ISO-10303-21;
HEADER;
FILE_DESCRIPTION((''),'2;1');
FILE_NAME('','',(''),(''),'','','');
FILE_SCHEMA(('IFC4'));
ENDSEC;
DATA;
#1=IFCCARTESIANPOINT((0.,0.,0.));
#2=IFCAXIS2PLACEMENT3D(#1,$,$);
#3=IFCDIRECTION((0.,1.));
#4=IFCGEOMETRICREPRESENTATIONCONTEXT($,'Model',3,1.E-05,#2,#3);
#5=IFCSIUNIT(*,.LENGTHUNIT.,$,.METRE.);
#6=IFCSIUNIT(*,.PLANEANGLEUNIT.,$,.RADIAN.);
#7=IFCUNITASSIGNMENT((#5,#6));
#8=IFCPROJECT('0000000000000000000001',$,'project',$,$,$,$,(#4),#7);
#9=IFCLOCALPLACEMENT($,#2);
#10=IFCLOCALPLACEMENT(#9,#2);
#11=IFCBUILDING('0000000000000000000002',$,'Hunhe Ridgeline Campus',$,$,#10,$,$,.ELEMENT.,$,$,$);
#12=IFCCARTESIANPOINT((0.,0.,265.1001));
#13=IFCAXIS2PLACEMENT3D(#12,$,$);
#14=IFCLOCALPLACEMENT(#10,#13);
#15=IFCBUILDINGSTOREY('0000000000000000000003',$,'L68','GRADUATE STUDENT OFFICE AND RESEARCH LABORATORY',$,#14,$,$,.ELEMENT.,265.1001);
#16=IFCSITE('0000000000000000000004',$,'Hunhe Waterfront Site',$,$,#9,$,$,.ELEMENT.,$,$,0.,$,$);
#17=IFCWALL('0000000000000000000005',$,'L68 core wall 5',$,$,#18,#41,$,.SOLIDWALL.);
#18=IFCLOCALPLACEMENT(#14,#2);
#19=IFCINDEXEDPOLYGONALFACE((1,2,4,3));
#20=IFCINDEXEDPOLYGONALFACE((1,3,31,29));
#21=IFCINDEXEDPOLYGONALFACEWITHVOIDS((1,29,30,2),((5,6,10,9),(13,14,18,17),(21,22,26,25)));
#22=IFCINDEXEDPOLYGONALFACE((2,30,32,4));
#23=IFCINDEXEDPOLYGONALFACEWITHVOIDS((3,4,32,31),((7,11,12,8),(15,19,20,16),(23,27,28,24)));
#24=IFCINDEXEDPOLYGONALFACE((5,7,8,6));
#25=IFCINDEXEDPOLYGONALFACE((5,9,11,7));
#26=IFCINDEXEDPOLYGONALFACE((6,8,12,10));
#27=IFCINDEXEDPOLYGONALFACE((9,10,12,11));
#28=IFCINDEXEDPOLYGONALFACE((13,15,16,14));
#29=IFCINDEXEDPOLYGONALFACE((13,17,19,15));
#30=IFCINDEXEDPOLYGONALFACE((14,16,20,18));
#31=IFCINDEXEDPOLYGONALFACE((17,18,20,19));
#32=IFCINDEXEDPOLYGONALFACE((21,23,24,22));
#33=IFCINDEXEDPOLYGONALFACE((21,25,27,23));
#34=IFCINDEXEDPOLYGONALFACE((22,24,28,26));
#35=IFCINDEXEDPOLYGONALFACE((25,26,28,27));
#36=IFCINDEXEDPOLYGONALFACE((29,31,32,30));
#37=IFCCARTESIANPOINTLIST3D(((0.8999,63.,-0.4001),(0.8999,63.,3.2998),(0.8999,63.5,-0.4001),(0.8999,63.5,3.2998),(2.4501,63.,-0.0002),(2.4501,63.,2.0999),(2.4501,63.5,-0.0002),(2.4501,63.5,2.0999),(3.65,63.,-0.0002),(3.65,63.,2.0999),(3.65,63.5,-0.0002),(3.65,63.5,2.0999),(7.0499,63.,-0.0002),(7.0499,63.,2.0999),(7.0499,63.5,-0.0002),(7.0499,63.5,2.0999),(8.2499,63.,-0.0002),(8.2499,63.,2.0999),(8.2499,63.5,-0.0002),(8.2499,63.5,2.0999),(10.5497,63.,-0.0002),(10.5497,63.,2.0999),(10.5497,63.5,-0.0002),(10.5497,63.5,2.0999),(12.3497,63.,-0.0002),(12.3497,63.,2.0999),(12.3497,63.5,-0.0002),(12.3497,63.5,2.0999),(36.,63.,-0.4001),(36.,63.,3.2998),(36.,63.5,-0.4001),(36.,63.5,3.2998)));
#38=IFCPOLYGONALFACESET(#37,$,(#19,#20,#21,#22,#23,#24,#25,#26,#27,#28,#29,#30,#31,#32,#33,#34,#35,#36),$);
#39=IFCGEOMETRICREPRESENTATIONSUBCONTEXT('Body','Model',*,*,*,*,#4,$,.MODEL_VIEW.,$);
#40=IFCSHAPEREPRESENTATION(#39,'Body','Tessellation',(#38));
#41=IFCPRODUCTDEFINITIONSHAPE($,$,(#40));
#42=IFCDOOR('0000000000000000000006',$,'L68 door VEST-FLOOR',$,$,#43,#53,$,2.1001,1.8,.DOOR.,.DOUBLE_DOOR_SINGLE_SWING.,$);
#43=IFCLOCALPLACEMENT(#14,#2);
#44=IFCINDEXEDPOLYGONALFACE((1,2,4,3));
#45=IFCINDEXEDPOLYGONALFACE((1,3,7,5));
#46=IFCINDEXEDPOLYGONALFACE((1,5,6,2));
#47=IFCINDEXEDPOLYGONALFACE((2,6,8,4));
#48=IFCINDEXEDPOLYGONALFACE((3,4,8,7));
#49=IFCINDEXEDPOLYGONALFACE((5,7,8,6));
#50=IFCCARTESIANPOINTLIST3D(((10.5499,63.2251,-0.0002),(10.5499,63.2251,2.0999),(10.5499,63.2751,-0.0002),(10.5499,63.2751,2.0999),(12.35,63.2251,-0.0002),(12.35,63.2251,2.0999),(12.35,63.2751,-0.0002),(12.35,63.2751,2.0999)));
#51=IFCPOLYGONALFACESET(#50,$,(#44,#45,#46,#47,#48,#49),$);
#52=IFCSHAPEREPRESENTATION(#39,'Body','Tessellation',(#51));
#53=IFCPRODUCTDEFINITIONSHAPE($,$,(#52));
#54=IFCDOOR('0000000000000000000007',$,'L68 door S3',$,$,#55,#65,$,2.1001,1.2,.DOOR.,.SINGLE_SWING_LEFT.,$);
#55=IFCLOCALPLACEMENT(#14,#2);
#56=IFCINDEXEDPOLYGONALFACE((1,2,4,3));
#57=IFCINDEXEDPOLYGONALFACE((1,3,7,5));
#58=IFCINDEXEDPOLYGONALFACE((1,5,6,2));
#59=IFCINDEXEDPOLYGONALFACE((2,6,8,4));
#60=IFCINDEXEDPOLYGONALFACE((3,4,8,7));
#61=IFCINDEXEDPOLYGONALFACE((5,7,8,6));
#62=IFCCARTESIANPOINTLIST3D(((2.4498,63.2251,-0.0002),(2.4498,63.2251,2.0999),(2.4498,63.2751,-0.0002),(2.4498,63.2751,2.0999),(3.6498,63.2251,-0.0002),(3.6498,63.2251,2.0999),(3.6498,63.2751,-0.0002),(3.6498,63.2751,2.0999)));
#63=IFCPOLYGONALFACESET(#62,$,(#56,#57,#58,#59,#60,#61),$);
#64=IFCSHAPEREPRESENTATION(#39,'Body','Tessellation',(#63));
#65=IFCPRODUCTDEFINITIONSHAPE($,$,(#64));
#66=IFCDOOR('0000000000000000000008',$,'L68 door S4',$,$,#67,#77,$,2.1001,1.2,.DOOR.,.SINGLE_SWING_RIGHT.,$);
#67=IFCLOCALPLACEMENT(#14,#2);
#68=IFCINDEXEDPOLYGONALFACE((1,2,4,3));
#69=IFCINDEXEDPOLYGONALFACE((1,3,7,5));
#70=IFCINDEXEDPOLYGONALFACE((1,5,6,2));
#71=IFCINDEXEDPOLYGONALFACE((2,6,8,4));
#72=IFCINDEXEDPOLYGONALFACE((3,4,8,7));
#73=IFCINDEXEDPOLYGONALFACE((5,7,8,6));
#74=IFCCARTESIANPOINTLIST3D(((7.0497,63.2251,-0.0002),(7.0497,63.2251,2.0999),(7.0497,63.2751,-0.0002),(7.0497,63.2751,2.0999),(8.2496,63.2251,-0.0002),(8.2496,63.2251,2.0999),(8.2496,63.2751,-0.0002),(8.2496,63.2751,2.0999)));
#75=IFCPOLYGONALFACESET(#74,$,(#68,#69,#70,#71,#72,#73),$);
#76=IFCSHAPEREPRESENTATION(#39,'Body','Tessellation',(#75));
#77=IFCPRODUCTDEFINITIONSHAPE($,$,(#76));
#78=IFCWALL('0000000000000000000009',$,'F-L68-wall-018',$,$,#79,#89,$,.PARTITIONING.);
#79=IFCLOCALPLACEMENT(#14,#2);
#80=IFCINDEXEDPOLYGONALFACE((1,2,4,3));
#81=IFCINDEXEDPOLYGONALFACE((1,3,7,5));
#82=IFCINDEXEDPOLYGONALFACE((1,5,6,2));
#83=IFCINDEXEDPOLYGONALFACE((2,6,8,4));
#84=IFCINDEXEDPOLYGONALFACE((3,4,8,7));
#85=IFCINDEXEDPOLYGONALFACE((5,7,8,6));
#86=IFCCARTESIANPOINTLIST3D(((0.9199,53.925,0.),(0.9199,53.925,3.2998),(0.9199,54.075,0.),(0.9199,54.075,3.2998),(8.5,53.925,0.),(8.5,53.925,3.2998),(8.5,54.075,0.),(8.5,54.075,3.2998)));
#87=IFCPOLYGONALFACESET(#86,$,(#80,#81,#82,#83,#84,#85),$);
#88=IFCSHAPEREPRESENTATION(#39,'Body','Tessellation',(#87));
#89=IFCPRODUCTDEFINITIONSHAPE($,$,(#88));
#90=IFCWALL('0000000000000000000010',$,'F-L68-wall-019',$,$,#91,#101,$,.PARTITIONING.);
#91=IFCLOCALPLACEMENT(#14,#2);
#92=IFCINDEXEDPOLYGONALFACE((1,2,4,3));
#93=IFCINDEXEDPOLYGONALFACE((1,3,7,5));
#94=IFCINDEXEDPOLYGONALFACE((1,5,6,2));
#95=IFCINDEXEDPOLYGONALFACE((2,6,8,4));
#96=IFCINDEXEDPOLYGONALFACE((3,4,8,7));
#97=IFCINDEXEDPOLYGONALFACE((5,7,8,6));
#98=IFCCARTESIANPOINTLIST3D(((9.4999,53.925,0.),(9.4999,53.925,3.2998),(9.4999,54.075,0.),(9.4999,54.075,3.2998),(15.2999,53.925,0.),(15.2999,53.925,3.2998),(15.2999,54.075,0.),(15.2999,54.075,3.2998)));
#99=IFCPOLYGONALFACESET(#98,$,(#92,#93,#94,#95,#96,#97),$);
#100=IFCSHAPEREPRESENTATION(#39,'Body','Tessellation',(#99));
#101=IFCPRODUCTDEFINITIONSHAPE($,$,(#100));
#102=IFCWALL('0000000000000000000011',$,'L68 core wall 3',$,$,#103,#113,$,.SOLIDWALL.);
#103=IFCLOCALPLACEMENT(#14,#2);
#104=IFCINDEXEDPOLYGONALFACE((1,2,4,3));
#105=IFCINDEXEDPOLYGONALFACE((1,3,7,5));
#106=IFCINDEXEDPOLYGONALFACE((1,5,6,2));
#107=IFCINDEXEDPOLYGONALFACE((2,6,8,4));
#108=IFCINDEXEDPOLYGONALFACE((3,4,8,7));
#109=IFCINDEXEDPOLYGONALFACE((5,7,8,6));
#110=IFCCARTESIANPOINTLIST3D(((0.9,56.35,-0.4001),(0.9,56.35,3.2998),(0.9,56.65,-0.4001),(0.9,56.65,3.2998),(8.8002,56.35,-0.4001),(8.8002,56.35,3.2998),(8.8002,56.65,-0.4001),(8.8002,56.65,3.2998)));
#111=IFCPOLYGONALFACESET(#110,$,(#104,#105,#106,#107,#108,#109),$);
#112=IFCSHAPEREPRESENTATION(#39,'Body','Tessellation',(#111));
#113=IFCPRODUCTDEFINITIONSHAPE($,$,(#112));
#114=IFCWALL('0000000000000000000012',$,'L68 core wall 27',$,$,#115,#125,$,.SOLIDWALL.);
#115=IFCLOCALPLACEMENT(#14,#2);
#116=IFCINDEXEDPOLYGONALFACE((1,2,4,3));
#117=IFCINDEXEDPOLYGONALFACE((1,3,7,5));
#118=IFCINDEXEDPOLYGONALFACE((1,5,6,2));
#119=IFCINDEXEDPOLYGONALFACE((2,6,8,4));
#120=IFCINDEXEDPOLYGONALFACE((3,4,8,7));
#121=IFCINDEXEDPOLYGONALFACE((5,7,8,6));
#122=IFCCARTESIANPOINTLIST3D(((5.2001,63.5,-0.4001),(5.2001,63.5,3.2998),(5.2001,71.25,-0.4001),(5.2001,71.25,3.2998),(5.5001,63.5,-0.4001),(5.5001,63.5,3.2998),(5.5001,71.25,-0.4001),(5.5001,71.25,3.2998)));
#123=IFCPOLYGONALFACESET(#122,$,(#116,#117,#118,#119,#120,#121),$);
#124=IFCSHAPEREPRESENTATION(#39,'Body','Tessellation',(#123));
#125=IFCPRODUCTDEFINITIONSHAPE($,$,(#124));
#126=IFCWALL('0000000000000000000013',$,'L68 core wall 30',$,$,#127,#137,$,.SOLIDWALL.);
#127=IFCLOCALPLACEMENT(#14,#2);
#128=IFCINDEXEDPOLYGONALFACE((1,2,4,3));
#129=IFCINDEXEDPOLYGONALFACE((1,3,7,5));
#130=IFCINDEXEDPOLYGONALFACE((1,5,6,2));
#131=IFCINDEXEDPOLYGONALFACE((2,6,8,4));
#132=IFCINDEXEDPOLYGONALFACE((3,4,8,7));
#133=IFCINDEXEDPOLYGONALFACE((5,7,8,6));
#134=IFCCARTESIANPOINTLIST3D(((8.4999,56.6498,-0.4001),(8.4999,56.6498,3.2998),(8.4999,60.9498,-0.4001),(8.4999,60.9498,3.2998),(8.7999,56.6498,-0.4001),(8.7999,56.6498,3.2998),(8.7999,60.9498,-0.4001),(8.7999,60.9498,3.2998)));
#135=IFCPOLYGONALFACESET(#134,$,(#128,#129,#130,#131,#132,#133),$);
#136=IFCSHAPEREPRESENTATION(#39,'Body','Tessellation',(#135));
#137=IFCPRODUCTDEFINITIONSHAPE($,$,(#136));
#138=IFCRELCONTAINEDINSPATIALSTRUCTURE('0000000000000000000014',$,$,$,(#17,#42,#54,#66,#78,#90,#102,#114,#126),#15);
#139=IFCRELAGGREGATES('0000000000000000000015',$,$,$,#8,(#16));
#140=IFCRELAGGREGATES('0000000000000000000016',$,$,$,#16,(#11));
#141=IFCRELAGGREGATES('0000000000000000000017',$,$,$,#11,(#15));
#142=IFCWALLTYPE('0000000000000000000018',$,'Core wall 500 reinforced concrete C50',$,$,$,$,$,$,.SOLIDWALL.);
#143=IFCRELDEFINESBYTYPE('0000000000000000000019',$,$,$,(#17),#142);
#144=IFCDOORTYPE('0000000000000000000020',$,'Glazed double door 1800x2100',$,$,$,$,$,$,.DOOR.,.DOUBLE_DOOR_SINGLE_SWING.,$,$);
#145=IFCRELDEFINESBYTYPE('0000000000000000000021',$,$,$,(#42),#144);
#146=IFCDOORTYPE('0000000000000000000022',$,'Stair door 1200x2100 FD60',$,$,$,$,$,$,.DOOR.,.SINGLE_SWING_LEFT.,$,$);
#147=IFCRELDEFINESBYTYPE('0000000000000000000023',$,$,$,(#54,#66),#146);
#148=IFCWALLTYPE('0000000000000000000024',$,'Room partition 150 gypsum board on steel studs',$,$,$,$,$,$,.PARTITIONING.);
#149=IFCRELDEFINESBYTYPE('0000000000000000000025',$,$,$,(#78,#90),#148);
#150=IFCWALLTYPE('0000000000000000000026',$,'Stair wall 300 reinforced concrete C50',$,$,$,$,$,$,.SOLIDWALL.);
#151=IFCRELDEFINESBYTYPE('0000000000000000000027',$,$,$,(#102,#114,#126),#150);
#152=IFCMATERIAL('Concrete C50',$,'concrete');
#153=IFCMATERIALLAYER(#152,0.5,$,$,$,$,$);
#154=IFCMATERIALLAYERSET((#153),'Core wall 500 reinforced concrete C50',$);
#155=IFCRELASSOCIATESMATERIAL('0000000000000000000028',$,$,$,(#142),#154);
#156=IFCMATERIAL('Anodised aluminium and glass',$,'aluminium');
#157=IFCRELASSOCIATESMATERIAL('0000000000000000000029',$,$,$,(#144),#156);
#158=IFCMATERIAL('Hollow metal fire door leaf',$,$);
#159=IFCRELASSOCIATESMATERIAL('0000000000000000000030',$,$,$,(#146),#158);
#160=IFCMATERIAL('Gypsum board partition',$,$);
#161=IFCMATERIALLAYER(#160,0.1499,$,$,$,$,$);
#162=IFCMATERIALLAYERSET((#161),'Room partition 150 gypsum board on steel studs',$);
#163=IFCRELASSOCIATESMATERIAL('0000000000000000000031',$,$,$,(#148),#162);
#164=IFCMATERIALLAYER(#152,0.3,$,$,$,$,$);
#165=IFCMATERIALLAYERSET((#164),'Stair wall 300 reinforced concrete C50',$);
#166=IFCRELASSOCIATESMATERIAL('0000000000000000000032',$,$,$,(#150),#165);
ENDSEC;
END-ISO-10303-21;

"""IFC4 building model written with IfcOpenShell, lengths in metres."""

from ifc_helpers import new_model, si_unit, direction, frame, frame_2d, origin, place, context, subcontext, project, spatial, rectangle, extrude, material, layer, layer_set, type_object, element, fill, save


model = new_model("IFC4")

# Units and contexts
model_context = context("Model", 3, precision=1e-05, world=origin(), true_north=direction((0.0, 1.0)))
body_context = subcontext(model_context, "Body", "Model", "MODEL_VIEW")
ifc_project = project(units=[si_unit("LENGTHUNIT", "METRE"), si_unit("PLANEANGLEUNIT", "RADIAN")], contexts=[model_context])

# Site, building, storey
site_placement = place(None, origin())
site = spatial("IfcSite", under=ifc_project, at=site_placement, Name="Hunhe Waterfront Site", CompositionType="ELEMENT", RefElevation=0.0)
building_placement = place(site_placement, origin())
building = spatial("IfcBuilding", under=site, at=building_placement, Name="Hunhe Ridgeline Campus", CompositionType="ELEMENT")
storey_placement = place(building_placement, frame((0.0, 0.0, 265.1001)))
storey = spatial("IfcBuildingStorey", under=building, at=storey_placement, Name="L68", Description="GRADUATE STUDENT OFFICE AND RESEARCH LABORATORY", CompositionType="ELEMENT", Elevation=265.1001)

# Wall, openings, doors
ifc_material_1 = material(Name="Concrete C50", Category="concrete")
ifc_layer_1 = layer(ifc_material_1, 0.5)
ifc_layer_set_1 = layer_set([ifc_layer_1], Name="Core wall 500 reinforced concrete C50")
wall_type_1 = type_object("IfcWallType", Name="Core wall 500 reinforced concrete C50", PredefinedType="SOLIDWALL", material=ifc_layer_set_1)
wall_1_placement = place(storey_placement, frame((0.8999, 63.25, -0.4001), z_axis=(0.0, 0.0, 1.0), x_axis=(1.0, 0.0, 0.0)))
wall_1 = element("IfcWall", 1, at=wall_1_placement, inside=storey, type_object=wall_type_1, Name="L68 core wall 5", PredefinedType="SOLIDWALL", context=body_context, shape_type="SweptSolid", body=[
    extrude(rectangle(XDim=35.1001, YDim=0.5, at=frame_2d((17.55, 0.0))), origin(), (0.0, 0.0, 1.0), 3.7),
])
opening_1_placement = place(wall_1_placement, frame((9.6499, 0.0, 0.3999)))
opening_1 = element("IfcOpeningElement", 2, at=opening_1_placement, cuts=wall_1, PredefinedType="OPENING", context=body_context, shape_type="SweptSolid", body=[
    extrude(rectangle(XDim=1.8, YDim=2.1001, at=frame_2d((0.8999, 1.05))), frame((0.0, 0.25, 0.0), z_axis=(0.0, -1.0, 0.0), x_axis=(1.0, 0.0, 0.0)), (0.0, 0.0, 1.0), 0.5),
])
opening_2_placement = place(wall_1_placement, frame((1.55, 0.0, 0.3999)))
opening_2 = element("IfcOpeningElement", 3, at=opening_2_placement, cuts=wall_1, PredefinedType="OPENING", context=body_context, shape_type="SweptSolid", body=[
    extrude(rectangle(XDim=1.2, YDim=2.1001, at=frame_2d((0.6001, 1.05))), frame((0.0, 0.25, 0.0), z_axis=(0.0, -1.0, 0.0), x_axis=(1.0, 0.0, 0.0)), (0.0, 0.0, 1.0), 0.5),
])
opening_3_placement = place(wall_1_placement, frame((6.1499, 0.0, 0.3999)))
opening_3 = element("IfcOpeningElement", 4, at=opening_3_placement, cuts=wall_1, PredefinedType="OPENING", context=body_context, shape_type="SweptSolid", body=[
    extrude(rectangle(XDim=1.2, YDim=2.1001, at=frame_2d((0.6001, 1.05))), frame((0.0, 0.25, 0.0), z_axis=(0.0, -1.0, 0.0), x_axis=(1.0, 0.0, 0.0)), (0.0, 0.0, 1.0), 0.5),
])
ifc_material_2 = material(Name="Anodised aluminium and glass", Category="aluminium")
door_type_1 = type_object("IfcDoorType", Name="Glazed double door 1800x2100", OperationType="DOUBLE_DOOR_SINGLE_SWING", PredefinedType="DOOR", material=ifc_material_2)
door_1_placement = place(opening_1_placement, frame((1.8, 0.0, 0.0), z_axis=(0.0, 0.0, 1.0), x_axis=(-1.0, 0.0, 0.0)))
door_1 = element("IfcDoor", 5, at=door_1_placement, inside=storey, type_object=door_type_1, Name="L68 door VEST-FLOOR", OperationType="DOUBLE_DOOR_SINGLE_SWING", OverallHeight=2.1001, OverallWidth=1.8, PredefinedType="DOOR", context=body_context, shape_type="SweptSolid", body=[
    extrude(rectangle(XDim=1.8, YDim=2.1001, at=frame_2d((0.8999, 1.05))), frame((0.0, 0.0249, 0.0), z_axis=(0.0, -1.0, 0.0), x_axis=(1.0, 0.0, 0.0)), (0.0, 0.0, 1.0), 0.05),
])
fill(opening_1, door_1)
ifc_material_3 = material(Name="Hollow metal fire door leaf")
door_type_2 = type_object("IfcDoorType", Name="Stair door 1200x2100 FD60", OperationType="SINGLE_SWING_LEFT", PredefinedType="DOOR", material=ifc_material_3)
door_2_placement = place(opening_2_placement, frame((1.2, 0.0, 0.0), z_axis=(0.0, 0.0, 1.0), x_axis=(-1.0, 0.0, 0.0)))
door_2 = element("IfcDoor", 6, at=door_2_placement, inside=storey, type_object=door_type_2, Name="L68 door S3", OperationType="SINGLE_SWING_LEFT", OverallHeight=2.1001, OverallWidth=1.2, PredefinedType="DOOR", context=body_context, shape_type="SweptSolid", body=[
    extrude(rectangle(XDim=1.2, YDim=2.1001, at=frame_2d((0.6001, 1.05))), frame((0.0, 0.0249, 0.0), z_axis=(0.0, -1.0, 0.0), x_axis=(1.0, 0.0, 0.0)), (0.0, 0.0, 1.0), 0.05),
])
fill(opening_2, door_2)
door_3_placement = place(opening_3_placement, frame((1.2, 0.0, 0.0), z_axis=(0.0, 0.0, 1.0), x_axis=(-1.0, 0.0, 0.0)))
door_3 = element("IfcDoor", 7, at=door_3_placement, inside=storey, type_object=door_type_2, Name="L68 door S4", OperationType="SINGLE_SWING_RIGHT", OverallHeight=2.1001, OverallWidth=1.2, PredefinedType="DOOR", context=body_context, shape_type="SweptSolid", body=[
    extrude(rectangle(XDim=1.2, YDim=2.1001, at=frame_2d((0.6001, 1.05))), frame((0.0, 0.0249, 0.0), z_axis=(0.0, -1.0, 0.0), x_axis=(1.0, 0.0, 0.0)), (0.0, 0.0, 1.0), 0.05),
])
fill(opening_3, door_3)

# Walls
ifc_material_4 = material(Name="Gypsum board partition")
ifc_layer_2 = layer(ifc_material_4, 0.1499)
ifc_layer_set_2 = layer_set([ifc_layer_2], Name="Room partition 150 gypsum board on steel studs")
wall_type_2 = type_object("IfcWallType", Name="Room partition 150 gypsum board on steel studs", PredefinedType="PARTITIONING", material=ifc_layer_set_2)
wall_2_placement = place(storey_placement, frame((0.9199, 54.0, 0.0), z_axis=(0.0, 0.0, 1.0), x_axis=(1.0, 0.0, 0.0)))
element("IfcWall", 8, at=wall_2_placement, inside=storey, type_object=wall_type_2, Name="F-L68-wall-018", PredefinedType="PARTITIONING", context=body_context, shape_type="SweptSolid", body=[
    extrude(rectangle(XDim=7.5801, YDim=0.1499, at=frame_2d((3.79, 0.0))), origin(), (0.0, 0.0, 1.0), 3.2998),
])
wall_3_placement = place(storey_placement, frame((9.5, 54.0, 0.0), z_axis=(0.0, 0.0, 1.0), x_axis=(1.0, 0.0, 0.0)))
element("IfcWall", 9, at=wall_3_placement, inside=storey, type_object=wall_type_2, Name="F-L68-wall-019", PredefinedType="PARTITIONING", context=body_context, shape_type="SweptSolid", body=[
    extrude(rectangle(XDim=5.8, YDim=0.1499, at=frame_2d((2.8999, 0.0))), origin(), (0.0, 0.0, 1.0), 3.2998),
])
ifc_layer_3 = layer(ifc_material_1, 0.3)
ifc_layer_set_3 = layer_set([ifc_layer_3], Name="Stair wall 300 reinforced concrete C50")
wall_type_3 = type_object("IfcWallType", Name="Stair wall 300 reinforced concrete C50", PredefinedType="SOLIDWALL", material=ifc_layer_set_3)
wall_4_placement = place(storey_placement, frame((0.8999, 56.5, -0.4001), z_axis=(0.0, 0.0, 1.0), x_axis=(1.0, 0.0, 0.0)))
element("IfcWall", 10, at=wall_4_placement, inside=storey, type_object=wall_type_3, Name="L68 core wall 3", PredefinedType="SOLIDWALL", context=body_context, shape_type="SweptSolid", body=[
    extrude(rectangle(XDim=7.9001, YDim=0.3, at=frame_2d((3.9502, 0.0))), origin(), (0.0, 0.0, 1.0), 3.7),
])

# Walls
wall_5_placement = place(storey_placement, frame((5.3501, 63.5, -0.4001), z_axis=(0.0, 0.0, 1.0), x_axis=(0.0, 1.0, 0.0)))
element("IfcWall", 11, at=wall_5_placement, inside=storey, type_object=wall_type_3, Name="L68 core wall 27", PredefinedType="SOLIDWALL", context=body_context, shape_type="SweptSolid", body=[
    extrude(rectangle(XDim=7.75, YDim=0.3, at=frame_2d((3.875, 0.0))), origin(), (0.0, 0.0, 1.0), 3.7),
])
wall_6_placement = place(storey_placement, frame((8.6499, 56.6499, -0.4001), z_axis=(0.0, 0.0, 1.0), x_axis=(0.0, 1.0, 0.0)))
element("IfcWall", 12, at=wall_6_placement, inside=storey, type_object=wall_type_3, Name="L68 core wall 30", PredefinedType="SOLIDWALL", context=body_context, shape_type="SweptSolid", body=[
    extrude(rectangle(XDim=4.3, YDim=0.3, at=frame_2d((2.1499, 0.0))), origin(), (0.0, 0.0, 1.0), 3.7),
])

save(model, "model.ifc")
